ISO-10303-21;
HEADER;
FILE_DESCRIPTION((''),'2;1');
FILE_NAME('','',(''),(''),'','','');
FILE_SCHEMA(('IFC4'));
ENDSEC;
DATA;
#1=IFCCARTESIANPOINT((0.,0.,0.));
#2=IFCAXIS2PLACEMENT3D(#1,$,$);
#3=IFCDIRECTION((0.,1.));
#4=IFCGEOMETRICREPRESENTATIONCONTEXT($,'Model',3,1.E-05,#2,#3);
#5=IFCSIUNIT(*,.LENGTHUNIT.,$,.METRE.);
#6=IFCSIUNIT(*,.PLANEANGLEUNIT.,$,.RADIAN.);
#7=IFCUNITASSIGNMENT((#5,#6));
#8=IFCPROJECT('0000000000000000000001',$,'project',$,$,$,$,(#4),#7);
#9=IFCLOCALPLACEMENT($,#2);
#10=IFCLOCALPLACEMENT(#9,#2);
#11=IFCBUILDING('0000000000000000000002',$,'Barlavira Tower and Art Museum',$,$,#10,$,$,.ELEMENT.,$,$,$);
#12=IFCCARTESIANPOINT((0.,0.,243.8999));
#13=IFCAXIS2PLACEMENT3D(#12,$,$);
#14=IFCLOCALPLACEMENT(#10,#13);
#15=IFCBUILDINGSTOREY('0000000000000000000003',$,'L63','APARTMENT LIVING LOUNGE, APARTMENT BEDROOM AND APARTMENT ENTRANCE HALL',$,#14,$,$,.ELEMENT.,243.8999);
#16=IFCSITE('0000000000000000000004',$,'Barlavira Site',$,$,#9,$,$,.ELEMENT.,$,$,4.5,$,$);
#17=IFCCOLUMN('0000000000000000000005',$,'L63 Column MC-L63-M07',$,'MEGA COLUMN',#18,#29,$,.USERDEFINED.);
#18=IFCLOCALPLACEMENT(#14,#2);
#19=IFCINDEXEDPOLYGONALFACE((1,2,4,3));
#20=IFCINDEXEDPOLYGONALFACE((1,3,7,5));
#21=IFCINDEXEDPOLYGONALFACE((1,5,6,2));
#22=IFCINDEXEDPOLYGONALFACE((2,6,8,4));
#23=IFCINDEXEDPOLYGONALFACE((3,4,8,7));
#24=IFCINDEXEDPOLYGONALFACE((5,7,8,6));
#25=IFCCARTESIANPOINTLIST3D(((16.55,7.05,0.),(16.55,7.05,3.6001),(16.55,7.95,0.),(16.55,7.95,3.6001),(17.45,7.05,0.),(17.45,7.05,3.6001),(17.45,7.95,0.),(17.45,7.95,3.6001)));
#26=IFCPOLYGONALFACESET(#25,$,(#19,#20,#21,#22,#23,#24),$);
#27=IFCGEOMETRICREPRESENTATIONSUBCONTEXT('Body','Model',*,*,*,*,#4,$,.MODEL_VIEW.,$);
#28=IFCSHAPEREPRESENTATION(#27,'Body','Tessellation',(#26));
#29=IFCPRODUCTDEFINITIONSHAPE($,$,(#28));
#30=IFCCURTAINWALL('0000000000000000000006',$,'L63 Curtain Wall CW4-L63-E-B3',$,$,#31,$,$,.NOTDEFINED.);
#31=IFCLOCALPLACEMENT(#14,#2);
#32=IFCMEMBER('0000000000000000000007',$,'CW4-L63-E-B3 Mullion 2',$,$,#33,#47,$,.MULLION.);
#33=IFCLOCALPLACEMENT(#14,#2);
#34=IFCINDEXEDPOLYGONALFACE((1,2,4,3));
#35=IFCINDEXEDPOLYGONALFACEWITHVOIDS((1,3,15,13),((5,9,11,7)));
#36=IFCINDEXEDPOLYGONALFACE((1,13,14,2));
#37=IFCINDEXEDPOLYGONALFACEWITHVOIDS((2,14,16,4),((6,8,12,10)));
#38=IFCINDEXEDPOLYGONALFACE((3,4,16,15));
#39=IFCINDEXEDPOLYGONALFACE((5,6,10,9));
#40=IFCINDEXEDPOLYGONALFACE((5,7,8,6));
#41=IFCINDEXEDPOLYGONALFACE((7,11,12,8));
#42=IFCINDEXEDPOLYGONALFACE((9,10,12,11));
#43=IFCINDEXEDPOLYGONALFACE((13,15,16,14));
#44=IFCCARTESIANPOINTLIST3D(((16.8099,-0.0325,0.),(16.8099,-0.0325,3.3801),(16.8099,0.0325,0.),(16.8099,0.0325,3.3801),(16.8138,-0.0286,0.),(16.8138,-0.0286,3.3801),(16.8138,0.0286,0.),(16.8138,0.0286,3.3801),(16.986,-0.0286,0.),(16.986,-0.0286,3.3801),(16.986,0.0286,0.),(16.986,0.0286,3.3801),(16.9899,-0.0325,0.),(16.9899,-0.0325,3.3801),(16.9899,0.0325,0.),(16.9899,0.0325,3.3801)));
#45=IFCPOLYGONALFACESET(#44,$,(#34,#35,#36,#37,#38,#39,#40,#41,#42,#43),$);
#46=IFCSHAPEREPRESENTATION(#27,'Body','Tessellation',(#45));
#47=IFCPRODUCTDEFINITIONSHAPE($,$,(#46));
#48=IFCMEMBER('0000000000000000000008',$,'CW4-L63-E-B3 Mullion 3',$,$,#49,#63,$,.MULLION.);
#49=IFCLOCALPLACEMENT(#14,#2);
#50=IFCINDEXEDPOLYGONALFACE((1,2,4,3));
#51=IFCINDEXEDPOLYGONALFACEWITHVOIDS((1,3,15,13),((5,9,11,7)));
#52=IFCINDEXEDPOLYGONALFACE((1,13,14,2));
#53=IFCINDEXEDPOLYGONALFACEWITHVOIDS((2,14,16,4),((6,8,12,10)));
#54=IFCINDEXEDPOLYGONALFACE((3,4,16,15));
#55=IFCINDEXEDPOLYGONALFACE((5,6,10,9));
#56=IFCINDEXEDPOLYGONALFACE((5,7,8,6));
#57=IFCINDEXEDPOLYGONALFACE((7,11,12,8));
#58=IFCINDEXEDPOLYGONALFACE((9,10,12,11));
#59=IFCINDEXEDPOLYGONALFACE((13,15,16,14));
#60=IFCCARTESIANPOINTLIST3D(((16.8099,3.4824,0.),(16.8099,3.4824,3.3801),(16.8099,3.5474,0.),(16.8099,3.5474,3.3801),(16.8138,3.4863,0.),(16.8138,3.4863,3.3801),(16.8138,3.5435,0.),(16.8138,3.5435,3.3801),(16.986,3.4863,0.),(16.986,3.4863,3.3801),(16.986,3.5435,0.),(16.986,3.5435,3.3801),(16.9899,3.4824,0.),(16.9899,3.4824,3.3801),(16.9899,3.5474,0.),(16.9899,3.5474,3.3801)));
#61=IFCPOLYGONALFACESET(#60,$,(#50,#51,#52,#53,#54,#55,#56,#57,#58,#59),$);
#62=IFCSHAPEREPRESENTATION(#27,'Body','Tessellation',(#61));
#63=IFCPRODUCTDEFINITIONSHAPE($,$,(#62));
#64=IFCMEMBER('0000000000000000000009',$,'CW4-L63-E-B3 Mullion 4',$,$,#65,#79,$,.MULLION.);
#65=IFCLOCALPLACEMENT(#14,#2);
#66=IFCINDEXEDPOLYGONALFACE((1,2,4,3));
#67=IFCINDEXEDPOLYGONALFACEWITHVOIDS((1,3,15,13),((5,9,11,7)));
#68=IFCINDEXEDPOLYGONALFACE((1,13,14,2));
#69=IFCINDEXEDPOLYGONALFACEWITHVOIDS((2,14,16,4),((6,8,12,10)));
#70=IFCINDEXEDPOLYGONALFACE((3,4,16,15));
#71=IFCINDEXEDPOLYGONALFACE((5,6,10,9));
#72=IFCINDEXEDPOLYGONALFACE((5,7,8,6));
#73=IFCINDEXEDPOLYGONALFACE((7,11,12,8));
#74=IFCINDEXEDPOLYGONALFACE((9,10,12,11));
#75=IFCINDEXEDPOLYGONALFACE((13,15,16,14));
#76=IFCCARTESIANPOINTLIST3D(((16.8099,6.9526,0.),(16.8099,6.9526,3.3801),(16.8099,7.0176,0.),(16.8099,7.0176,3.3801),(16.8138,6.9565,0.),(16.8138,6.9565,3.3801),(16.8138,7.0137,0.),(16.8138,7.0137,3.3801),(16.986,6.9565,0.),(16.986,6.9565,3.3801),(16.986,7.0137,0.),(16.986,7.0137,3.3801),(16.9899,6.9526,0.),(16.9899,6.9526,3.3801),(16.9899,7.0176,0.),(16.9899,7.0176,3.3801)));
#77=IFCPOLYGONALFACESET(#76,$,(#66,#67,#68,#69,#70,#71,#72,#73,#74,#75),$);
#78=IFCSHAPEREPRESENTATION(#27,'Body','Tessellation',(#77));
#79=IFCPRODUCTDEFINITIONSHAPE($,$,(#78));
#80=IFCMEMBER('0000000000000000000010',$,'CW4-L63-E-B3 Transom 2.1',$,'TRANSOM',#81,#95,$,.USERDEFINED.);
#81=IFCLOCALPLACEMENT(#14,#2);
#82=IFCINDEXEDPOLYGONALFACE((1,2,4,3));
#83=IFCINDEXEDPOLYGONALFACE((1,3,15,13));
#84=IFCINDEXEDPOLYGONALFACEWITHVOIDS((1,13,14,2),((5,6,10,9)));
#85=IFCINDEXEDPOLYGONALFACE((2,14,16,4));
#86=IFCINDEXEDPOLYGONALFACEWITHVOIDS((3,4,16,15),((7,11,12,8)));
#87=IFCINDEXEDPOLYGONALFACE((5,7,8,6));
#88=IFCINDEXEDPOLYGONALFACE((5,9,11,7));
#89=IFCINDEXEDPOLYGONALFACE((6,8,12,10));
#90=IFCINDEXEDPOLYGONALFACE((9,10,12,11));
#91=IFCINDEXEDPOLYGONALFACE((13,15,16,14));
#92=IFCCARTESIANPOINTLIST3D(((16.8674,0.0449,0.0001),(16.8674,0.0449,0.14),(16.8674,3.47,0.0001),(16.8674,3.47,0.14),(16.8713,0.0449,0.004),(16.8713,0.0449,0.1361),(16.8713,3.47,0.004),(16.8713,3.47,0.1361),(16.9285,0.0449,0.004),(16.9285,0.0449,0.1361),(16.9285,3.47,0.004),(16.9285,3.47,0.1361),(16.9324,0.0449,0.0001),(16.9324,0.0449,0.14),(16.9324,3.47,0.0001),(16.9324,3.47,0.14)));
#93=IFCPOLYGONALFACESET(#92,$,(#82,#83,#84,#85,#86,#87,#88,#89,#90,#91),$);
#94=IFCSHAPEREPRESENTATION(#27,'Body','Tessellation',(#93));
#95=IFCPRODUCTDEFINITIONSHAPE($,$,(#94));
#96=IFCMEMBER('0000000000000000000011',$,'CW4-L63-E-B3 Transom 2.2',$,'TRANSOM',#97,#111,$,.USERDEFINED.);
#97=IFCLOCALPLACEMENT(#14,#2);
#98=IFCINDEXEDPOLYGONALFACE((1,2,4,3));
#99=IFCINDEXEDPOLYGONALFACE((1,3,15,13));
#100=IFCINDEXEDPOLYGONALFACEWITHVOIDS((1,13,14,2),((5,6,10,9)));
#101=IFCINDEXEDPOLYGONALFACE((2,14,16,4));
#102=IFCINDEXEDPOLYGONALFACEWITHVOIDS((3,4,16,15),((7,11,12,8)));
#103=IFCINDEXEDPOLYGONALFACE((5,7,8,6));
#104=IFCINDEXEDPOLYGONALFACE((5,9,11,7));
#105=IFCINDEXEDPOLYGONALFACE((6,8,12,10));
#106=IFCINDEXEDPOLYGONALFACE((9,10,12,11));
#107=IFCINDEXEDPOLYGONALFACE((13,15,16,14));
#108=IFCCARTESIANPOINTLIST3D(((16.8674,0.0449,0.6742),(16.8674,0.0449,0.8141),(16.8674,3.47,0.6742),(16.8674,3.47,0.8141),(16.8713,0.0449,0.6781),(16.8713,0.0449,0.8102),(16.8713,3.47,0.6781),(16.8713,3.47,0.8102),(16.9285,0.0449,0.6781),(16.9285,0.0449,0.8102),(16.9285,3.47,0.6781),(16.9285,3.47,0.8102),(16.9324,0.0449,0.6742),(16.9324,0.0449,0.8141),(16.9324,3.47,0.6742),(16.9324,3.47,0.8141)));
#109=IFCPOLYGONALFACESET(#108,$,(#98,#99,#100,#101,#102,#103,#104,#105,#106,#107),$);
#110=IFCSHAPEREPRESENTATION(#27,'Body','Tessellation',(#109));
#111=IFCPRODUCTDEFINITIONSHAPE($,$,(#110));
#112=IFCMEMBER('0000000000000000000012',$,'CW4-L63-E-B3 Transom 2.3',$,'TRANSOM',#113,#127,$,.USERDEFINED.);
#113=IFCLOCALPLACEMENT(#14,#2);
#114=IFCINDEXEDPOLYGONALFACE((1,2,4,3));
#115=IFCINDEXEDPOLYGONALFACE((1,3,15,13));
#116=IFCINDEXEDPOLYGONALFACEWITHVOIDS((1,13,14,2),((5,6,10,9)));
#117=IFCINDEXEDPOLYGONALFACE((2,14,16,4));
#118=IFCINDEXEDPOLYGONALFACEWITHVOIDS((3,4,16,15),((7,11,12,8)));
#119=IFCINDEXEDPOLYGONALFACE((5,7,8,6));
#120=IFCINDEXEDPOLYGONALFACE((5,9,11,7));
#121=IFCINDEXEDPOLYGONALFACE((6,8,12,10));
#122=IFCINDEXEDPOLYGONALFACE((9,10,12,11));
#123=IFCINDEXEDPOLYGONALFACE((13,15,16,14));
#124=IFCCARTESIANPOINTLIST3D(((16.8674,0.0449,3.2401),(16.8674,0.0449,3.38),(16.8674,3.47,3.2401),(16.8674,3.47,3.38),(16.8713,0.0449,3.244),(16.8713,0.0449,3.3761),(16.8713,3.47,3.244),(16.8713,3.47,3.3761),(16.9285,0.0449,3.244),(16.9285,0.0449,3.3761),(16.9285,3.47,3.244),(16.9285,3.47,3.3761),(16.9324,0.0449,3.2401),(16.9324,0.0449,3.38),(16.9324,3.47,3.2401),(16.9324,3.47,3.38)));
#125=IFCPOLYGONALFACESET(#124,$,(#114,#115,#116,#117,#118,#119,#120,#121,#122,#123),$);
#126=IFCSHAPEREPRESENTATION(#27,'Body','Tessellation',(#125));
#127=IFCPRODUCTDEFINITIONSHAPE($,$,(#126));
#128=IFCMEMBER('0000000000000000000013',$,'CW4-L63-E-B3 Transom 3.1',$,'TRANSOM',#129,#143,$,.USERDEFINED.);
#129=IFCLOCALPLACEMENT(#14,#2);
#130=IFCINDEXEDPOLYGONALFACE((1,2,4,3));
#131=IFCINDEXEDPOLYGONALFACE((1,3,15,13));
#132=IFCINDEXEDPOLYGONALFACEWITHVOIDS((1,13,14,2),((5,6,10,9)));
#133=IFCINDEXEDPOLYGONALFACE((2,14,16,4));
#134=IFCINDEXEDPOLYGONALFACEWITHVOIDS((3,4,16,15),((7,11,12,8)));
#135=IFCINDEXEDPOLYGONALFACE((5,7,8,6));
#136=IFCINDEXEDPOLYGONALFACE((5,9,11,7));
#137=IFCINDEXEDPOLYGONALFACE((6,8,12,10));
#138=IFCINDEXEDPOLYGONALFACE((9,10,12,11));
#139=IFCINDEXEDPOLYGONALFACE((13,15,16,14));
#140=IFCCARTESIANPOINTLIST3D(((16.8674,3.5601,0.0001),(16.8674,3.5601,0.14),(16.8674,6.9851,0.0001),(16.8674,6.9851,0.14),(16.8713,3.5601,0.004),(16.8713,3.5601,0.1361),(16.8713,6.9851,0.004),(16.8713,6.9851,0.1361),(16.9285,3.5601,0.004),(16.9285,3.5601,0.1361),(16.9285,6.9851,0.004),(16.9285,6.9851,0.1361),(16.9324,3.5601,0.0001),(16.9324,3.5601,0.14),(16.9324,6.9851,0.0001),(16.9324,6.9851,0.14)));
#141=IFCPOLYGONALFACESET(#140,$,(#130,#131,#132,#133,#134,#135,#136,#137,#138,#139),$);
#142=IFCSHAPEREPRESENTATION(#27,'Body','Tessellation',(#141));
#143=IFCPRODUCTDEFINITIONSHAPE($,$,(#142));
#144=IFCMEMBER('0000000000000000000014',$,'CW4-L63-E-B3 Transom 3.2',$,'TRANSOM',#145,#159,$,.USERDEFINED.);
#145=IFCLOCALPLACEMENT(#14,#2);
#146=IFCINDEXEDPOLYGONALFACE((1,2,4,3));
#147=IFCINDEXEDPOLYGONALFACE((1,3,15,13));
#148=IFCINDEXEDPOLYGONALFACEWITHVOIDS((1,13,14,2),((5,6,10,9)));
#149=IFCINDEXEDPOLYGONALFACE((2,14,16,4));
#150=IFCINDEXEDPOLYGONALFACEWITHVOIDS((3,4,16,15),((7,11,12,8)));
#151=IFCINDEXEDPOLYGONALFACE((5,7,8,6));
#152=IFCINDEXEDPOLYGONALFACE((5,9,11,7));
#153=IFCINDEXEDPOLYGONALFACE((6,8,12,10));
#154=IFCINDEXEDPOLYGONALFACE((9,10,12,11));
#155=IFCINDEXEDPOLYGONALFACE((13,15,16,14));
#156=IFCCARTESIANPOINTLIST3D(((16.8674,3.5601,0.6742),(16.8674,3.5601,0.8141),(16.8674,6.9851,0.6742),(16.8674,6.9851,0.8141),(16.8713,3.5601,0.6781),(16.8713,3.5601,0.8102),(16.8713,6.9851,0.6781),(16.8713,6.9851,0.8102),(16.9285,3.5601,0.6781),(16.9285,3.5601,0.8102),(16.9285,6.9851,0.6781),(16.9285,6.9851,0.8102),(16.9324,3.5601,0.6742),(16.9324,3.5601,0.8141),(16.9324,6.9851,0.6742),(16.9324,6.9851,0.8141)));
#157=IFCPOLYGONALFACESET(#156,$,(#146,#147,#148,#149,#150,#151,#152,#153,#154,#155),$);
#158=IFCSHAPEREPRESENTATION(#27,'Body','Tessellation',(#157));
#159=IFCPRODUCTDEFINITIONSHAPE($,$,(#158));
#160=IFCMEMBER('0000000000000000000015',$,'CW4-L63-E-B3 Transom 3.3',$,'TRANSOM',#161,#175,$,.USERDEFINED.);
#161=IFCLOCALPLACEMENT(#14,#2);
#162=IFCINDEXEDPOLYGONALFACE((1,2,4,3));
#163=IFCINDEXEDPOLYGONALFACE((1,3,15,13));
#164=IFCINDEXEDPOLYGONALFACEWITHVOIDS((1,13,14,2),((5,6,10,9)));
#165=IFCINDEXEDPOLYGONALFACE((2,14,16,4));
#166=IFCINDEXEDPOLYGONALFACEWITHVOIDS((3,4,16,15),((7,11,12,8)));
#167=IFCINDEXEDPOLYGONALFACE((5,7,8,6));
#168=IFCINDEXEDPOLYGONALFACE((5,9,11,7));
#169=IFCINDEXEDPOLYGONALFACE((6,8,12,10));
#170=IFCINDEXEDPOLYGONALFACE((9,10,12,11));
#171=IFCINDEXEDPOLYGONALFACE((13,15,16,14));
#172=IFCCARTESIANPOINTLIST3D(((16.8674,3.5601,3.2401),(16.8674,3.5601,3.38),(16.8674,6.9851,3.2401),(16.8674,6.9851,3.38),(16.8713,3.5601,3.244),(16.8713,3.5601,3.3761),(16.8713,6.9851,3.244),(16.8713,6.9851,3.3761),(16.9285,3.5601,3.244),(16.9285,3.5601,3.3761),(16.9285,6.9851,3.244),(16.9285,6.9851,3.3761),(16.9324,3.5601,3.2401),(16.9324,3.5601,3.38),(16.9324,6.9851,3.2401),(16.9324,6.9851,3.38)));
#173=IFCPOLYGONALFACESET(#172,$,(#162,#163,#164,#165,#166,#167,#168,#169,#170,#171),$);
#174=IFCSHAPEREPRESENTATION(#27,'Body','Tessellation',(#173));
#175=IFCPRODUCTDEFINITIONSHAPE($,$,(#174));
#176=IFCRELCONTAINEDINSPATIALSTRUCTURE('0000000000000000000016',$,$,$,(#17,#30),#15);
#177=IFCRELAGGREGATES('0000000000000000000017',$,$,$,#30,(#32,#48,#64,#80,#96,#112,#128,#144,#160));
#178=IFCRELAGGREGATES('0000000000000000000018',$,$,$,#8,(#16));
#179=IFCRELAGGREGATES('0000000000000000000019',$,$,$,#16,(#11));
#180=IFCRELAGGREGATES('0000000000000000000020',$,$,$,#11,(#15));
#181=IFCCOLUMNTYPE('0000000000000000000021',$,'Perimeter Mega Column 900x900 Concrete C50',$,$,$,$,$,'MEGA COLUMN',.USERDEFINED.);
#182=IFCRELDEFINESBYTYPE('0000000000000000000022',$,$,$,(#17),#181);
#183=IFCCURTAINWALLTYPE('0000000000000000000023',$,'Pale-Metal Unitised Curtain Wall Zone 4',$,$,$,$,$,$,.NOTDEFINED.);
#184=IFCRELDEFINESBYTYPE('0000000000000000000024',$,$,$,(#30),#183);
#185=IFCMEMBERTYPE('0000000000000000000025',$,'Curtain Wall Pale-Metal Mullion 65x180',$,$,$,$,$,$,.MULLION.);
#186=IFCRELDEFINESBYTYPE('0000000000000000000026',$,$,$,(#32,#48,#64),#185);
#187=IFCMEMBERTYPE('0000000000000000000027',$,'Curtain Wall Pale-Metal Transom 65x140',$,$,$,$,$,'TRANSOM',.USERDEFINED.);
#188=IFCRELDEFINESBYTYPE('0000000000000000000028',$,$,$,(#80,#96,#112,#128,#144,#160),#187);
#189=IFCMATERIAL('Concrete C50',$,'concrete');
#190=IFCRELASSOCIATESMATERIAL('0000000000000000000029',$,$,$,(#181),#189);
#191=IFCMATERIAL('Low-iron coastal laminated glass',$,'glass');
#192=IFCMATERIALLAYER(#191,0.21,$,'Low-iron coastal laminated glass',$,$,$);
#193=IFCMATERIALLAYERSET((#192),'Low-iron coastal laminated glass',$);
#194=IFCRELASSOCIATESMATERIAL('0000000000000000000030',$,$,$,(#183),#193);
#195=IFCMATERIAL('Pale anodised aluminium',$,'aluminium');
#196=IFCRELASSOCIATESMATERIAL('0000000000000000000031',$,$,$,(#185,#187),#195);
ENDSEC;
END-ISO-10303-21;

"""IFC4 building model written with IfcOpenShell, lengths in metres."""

from ifc_helpers import new_model, si_unit, direction, frame, origin, origin_2d, place, context, subcontext, project, spatial, rectangle, hollow_rectangle, extrude, material, layer, layer_set, material_profile, profile_set, type_object, element, aggregate, save


model = new_model("IFC4")

# Units and contexts
model_context = context("Model", 3, precision=1e-05, world=origin(), true_north=direction((0.0, 1.0)))
body_context = subcontext(model_context, "Body", "Model", "MODEL_VIEW")
ifc_project = project(units=[si_unit("LENGTHUNIT", "METRE"), si_unit("PLANEANGLEUNIT", "RADIAN")], contexts=[model_context])

# Site, building, storey
site_placement = place(None, origin())
site = spatial("IfcSite", under=ifc_project, at=site_placement, Name="Barlavira Site", CompositionType="ELEMENT", RefElevation=4.5)
building_placement = place(site_placement, origin())
building = spatial("IfcBuilding", under=site, at=building_placement, Name="Barlavira Tower and Art Museum", CompositionType="ELEMENT")
storey_placement = place(building_placement, frame((0.0, 0.0, 243.8999)))
storey = spatial("IfcBuildingStorey", under=building, at=storey_placement, Name="L63", Description="APARTMENT LIVING LOUNGE, APARTMENT BEDROOM AND APARTMENT ENTRANCE HALL", CompositionType="ELEMENT", Elevation=243.8999)

# Column
ifc_material_1 = material(Name="Concrete C50", Category="concrete")
ifc_material_profile_1 = material_profile(ifc_material_1, rectangle(XDim=0.8999, YDim=0.8999, at=origin_2d()), Name="RC-COL 900x900")
ifc_profile_set_1 = profile_set([ifc_material_profile_1], Name="Concrete C50")
column_type = type_object("IfcColumnType", Name="Perimeter Mega Column 900x900 Concrete C50", ElementType="MEGA COLUMN", PredefinedType="USERDEFINED", material=ifc_profile_set_1)
column_placement = place(storey_placement, frame((17.0, 7.5, 0.0), z_axis=(0.0, 0.0, 1.0), x_axis=(1.0, 0.0, 0.0)))
element("IfcColumn", 1, at=column_placement, inside=storey, type_object=column_type, Name="L63 Column MC-L63-M07", ObjectType="MEGA COLUMN", PredefinedType="USERDEFINED", context=body_context, shape_type="SweptSolid", body=[
    extrude(rectangle(XDim=0.8999, YDim=0.8999, at=origin_2d()), origin(), (0.0, 0.0, 1.0), 3.6001),
])

# Curtain wall, members
ifc_material_2 = material(Name="Low-iron coastal laminated glass", Category="glass")
ifc_layer_1 = layer(ifc_material_2, 0.21, Name="Low-iron coastal laminated glass")
ifc_layer_set_1 = layer_set([ifc_layer_1], Name="Low-iron coastal laminated glass")
curtain_wall_type = type_object("IfcCurtainWallType", Name="Pale-Metal Unitised Curtain Wall Zone 4", PredefinedType="NOTDEFINED", material=ifc_layer_set_1)
curtain_wall_placement = place(storey_placement, origin())
curtain_wall = element("IfcCurtainWall", 2, at=curtain_wall_placement, inside=storey, type_object=curtain_wall_type, Name="L63 Curtain Wall CW4-L63-E-B3", PredefinedType="NOTDEFINED")
ifc_material_3 = material(Name="Pale anodised aluminium", Category="aluminium")
ifc_material_profile_2 = material_profile(ifc_material_3, hollow_rectangle(XDim=0.0649, YDim=0.1799, WallThickness=0.0039, at=origin_2d()), Name="ALU-MULL 65x180x4")
ifc_profile_set_2 = profile_set([ifc_material_profile_2], Name="Pale anodised aluminium")
member_type_1 = type_object("IfcMemberType", Name="Curtain Wall Pale-Metal Mullion 65x180", PredefinedType="MULLION", material=ifc_profile_set_2)
member_1_placement = place(storey_placement, frame((16.8999, 0.0, 0.0), z_axis=(0.0, 0.0, 1.0), x_axis=(0.0, 1.0, 0.0)))
member_1 = element("IfcMember", 3, at=member_1_placement, type_object=member_type_1, Name="CW4-L63-E-B3 Mullion 2", PredefinedType="MULLION", context=body_context, shape_type="SweptSolid", body=[
    extrude(hollow_rectangle(XDim=0.0649, YDim=0.1799, WallThickness=0.0039, at=origin_2d()), origin(), (0.0, 0.0, 1.0), 3.3801),
])
member_2_placement = place(storey_placement, frame((16.8999, 3.5149, 0.0), z_axis=(0.0, 0.0, 1.0), x_axis=(0.0, 1.0, 0.0)))
member_2 = element("IfcMember", 4, at=member_2_placement, type_object=member_type_1, Name="CW4-L63-E-B3 Mullion 3", PredefinedType="MULLION", context=body_context, shape_type="SweptSolid", body=[
    extrude(hollow_rectangle(XDim=0.0649, YDim=0.1799, WallThickness=0.0039, at=origin_2d()), origin(), (0.0, 0.0, 1.0), 3.3801),
])
member_3_placement = place(storey_placement, frame((16.8999, 6.9851, 0.0), z_axis=(0.0, 0.0, 1.0), x_axis=(0.0, 1.0, 0.0)))
member_3 = element("IfcMember", 5, at=member_3_placement, type_object=member_type_1, Name="CW4-L63-E-B3 Mullion 4", PredefinedType="MULLION", context=body_context, shape_type="SweptSolid", body=[
    extrude(hollow_rectangle(XDim=0.0649, YDim=0.1799, WallThickness=0.0039, at=origin_2d()), origin(), (0.0, 0.0, 1.0), 3.3801),
])
ifc_material_profile_3 = material_profile(ifc_material_3, hollow_rectangle(XDim=0.0649, YDim=0.1399, WallThickness=0.0039, at=origin_2d()), Name="ALU-TRAN 65x140x4")
ifc_profile_set_3 = profile_set([ifc_material_profile_3], Name="Pale anodised aluminium")
member_type_2 = type_object("IfcMemberType", Name="Curtain Wall Pale-Metal Transom 65x140", ElementType="TRANSOM", PredefinedType="USERDEFINED", material=ifc_profile_set_3)
member_4_placement = place(storey_placement, frame((16.8999, 0.0449, 0.0701), z_axis=(0.0, 1.0, 0.0), x_axis=(-1.0, 0.0, 0.0)))
member_4 = element("IfcMember", 6, at=member_4_placement, type_object=member_type_2, Name="CW4-L63-E-B3 Transom 2.1", ObjectType="TRANSOM", PredefinedType="USERDEFINED", context=body_context, shape_type="SweptSolid", body=[
    extrude(hollow_rectangle(XDim=0.0649, YDim=0.1399, WallThickness=0.0039, at=origin_2d()), origin(), (0.0, 0.0, 1.0), 3.425),
])
member_5_placement = place(storey_placement, frame((16.8999, 0.0449, 0.7441), z_axis=(0.0, 1.0, 0.0), x_axis=(-1.0, 0.0, 0.0)))
member_5 = element("IfcMember", 7, at=member_5_placement, type_object=member_type_2, Name="CW4-L63-E-B3 Transom 2.2", ObjectType="TRANSOM", PredefinedType="USERDEFINED", context=body_context, shape_type="SweptSolid", body=[
    extrude(hollow_rectangle(XDim=0.0649, YDim=0.1399, WallThickness=0.0039, at=origin_2d()), origin(), (0.0, 0.0, 1.0), 3.425),
])
member_6_placement = place(storey_placement, frame((16.8999, 0.0449, 3.3101), z_axis=(0.0, 1.0, 0.0), x_axis=(-1.0, 0.0, 0.0)))
member_6 = element("IfcMember", 8, at=member_6_placement, type_object=member_type_2, Name="CW4-L63-E-B3 Transom 2.3", ObjectType="TRANSOM", PredefinedType="USERDEFINED", context=body_context, shape_type="SweptSolid", body=[
    extrude(hollow_rectangle(XDim=0.0649, YDim=0.1399, WallThickness=0.0039, at=origin_2d()), origin(), (0.0, 0.0, 1.0), 3.425),
])
member_7_placement = place(storey_placement, frame((16.8999, 3.5601, 0.0701), z_axis=(0.0, 1.0, 0.0), x_axis=(-1.0, 0.0, 0.0)))
member_7 = element("IfcMember", 9, at=member_7_placement, type_object=member_type_2, Name="CW4-L63-E-B3 Transom 3.1", ObjectType="TRANSOM", PredefinedType="USERDEFINED", context=body_context, shape_type="SweptSolid", body=[
    extrude(hollow_rectangle(XDim=0.0649, YDim=0.1399, WallThickness=0.0039, at=origin_2d()), origin(), (0.0, 0.0, 1.0), 3.425),
])
member_8_placement = place(storey_placement, frame((16.8999, 3.5601, 0.7441), z_axis=(0.0, 1.0, 0.0), x_axis=(-1.0, 0.0, 0.0)))
member_8 = element("IfcMember", 10, at=member_8_placement, type_object=member_type_2, Name="CW4-L63-E-B3 Transom 3.2", ObjectType="TRANSOM", PredefinedType="USERDEFINED", context=body_context, shape_type="SweptSolid", body=[
    extrude(hollow_rectangle(XDim=0.0649, YDim=0.1399, WallThickness=0.0039, at=origin_2d()), origin(), (0.0, 0.0, 1.0), 3.425),
])
member_9_placement = place(storey_placement, frame((16.8999, 3.5601, 3.3101), z_axis=(0.0, 1.0, 0.0), x_axis=(-1.0, 0.0, 0.0)))
member_9 = element("IfcMember", 11, at=member_9_placement, type_object=member_type_2, Name="CW4-L63-E-B3 Transom 3.3", ObjectType="TRANSOM", PredefinedType="USERDEFINED", context=body_context, shape_type="SweptSolid", body=[
    extrude(hollow_rectangle(XDim=0.0649, YDim=0.1399, WallThickness=0.0039, at=origin_2d()), origin(), (0.0, 0.0, 1.0), 3.425),
])

aggregate(curtain_wall, [member_1, member_2, member_3, member_4, member_5, member_6, member_7, member_8, member_9])

save(model, "model.ifc")
